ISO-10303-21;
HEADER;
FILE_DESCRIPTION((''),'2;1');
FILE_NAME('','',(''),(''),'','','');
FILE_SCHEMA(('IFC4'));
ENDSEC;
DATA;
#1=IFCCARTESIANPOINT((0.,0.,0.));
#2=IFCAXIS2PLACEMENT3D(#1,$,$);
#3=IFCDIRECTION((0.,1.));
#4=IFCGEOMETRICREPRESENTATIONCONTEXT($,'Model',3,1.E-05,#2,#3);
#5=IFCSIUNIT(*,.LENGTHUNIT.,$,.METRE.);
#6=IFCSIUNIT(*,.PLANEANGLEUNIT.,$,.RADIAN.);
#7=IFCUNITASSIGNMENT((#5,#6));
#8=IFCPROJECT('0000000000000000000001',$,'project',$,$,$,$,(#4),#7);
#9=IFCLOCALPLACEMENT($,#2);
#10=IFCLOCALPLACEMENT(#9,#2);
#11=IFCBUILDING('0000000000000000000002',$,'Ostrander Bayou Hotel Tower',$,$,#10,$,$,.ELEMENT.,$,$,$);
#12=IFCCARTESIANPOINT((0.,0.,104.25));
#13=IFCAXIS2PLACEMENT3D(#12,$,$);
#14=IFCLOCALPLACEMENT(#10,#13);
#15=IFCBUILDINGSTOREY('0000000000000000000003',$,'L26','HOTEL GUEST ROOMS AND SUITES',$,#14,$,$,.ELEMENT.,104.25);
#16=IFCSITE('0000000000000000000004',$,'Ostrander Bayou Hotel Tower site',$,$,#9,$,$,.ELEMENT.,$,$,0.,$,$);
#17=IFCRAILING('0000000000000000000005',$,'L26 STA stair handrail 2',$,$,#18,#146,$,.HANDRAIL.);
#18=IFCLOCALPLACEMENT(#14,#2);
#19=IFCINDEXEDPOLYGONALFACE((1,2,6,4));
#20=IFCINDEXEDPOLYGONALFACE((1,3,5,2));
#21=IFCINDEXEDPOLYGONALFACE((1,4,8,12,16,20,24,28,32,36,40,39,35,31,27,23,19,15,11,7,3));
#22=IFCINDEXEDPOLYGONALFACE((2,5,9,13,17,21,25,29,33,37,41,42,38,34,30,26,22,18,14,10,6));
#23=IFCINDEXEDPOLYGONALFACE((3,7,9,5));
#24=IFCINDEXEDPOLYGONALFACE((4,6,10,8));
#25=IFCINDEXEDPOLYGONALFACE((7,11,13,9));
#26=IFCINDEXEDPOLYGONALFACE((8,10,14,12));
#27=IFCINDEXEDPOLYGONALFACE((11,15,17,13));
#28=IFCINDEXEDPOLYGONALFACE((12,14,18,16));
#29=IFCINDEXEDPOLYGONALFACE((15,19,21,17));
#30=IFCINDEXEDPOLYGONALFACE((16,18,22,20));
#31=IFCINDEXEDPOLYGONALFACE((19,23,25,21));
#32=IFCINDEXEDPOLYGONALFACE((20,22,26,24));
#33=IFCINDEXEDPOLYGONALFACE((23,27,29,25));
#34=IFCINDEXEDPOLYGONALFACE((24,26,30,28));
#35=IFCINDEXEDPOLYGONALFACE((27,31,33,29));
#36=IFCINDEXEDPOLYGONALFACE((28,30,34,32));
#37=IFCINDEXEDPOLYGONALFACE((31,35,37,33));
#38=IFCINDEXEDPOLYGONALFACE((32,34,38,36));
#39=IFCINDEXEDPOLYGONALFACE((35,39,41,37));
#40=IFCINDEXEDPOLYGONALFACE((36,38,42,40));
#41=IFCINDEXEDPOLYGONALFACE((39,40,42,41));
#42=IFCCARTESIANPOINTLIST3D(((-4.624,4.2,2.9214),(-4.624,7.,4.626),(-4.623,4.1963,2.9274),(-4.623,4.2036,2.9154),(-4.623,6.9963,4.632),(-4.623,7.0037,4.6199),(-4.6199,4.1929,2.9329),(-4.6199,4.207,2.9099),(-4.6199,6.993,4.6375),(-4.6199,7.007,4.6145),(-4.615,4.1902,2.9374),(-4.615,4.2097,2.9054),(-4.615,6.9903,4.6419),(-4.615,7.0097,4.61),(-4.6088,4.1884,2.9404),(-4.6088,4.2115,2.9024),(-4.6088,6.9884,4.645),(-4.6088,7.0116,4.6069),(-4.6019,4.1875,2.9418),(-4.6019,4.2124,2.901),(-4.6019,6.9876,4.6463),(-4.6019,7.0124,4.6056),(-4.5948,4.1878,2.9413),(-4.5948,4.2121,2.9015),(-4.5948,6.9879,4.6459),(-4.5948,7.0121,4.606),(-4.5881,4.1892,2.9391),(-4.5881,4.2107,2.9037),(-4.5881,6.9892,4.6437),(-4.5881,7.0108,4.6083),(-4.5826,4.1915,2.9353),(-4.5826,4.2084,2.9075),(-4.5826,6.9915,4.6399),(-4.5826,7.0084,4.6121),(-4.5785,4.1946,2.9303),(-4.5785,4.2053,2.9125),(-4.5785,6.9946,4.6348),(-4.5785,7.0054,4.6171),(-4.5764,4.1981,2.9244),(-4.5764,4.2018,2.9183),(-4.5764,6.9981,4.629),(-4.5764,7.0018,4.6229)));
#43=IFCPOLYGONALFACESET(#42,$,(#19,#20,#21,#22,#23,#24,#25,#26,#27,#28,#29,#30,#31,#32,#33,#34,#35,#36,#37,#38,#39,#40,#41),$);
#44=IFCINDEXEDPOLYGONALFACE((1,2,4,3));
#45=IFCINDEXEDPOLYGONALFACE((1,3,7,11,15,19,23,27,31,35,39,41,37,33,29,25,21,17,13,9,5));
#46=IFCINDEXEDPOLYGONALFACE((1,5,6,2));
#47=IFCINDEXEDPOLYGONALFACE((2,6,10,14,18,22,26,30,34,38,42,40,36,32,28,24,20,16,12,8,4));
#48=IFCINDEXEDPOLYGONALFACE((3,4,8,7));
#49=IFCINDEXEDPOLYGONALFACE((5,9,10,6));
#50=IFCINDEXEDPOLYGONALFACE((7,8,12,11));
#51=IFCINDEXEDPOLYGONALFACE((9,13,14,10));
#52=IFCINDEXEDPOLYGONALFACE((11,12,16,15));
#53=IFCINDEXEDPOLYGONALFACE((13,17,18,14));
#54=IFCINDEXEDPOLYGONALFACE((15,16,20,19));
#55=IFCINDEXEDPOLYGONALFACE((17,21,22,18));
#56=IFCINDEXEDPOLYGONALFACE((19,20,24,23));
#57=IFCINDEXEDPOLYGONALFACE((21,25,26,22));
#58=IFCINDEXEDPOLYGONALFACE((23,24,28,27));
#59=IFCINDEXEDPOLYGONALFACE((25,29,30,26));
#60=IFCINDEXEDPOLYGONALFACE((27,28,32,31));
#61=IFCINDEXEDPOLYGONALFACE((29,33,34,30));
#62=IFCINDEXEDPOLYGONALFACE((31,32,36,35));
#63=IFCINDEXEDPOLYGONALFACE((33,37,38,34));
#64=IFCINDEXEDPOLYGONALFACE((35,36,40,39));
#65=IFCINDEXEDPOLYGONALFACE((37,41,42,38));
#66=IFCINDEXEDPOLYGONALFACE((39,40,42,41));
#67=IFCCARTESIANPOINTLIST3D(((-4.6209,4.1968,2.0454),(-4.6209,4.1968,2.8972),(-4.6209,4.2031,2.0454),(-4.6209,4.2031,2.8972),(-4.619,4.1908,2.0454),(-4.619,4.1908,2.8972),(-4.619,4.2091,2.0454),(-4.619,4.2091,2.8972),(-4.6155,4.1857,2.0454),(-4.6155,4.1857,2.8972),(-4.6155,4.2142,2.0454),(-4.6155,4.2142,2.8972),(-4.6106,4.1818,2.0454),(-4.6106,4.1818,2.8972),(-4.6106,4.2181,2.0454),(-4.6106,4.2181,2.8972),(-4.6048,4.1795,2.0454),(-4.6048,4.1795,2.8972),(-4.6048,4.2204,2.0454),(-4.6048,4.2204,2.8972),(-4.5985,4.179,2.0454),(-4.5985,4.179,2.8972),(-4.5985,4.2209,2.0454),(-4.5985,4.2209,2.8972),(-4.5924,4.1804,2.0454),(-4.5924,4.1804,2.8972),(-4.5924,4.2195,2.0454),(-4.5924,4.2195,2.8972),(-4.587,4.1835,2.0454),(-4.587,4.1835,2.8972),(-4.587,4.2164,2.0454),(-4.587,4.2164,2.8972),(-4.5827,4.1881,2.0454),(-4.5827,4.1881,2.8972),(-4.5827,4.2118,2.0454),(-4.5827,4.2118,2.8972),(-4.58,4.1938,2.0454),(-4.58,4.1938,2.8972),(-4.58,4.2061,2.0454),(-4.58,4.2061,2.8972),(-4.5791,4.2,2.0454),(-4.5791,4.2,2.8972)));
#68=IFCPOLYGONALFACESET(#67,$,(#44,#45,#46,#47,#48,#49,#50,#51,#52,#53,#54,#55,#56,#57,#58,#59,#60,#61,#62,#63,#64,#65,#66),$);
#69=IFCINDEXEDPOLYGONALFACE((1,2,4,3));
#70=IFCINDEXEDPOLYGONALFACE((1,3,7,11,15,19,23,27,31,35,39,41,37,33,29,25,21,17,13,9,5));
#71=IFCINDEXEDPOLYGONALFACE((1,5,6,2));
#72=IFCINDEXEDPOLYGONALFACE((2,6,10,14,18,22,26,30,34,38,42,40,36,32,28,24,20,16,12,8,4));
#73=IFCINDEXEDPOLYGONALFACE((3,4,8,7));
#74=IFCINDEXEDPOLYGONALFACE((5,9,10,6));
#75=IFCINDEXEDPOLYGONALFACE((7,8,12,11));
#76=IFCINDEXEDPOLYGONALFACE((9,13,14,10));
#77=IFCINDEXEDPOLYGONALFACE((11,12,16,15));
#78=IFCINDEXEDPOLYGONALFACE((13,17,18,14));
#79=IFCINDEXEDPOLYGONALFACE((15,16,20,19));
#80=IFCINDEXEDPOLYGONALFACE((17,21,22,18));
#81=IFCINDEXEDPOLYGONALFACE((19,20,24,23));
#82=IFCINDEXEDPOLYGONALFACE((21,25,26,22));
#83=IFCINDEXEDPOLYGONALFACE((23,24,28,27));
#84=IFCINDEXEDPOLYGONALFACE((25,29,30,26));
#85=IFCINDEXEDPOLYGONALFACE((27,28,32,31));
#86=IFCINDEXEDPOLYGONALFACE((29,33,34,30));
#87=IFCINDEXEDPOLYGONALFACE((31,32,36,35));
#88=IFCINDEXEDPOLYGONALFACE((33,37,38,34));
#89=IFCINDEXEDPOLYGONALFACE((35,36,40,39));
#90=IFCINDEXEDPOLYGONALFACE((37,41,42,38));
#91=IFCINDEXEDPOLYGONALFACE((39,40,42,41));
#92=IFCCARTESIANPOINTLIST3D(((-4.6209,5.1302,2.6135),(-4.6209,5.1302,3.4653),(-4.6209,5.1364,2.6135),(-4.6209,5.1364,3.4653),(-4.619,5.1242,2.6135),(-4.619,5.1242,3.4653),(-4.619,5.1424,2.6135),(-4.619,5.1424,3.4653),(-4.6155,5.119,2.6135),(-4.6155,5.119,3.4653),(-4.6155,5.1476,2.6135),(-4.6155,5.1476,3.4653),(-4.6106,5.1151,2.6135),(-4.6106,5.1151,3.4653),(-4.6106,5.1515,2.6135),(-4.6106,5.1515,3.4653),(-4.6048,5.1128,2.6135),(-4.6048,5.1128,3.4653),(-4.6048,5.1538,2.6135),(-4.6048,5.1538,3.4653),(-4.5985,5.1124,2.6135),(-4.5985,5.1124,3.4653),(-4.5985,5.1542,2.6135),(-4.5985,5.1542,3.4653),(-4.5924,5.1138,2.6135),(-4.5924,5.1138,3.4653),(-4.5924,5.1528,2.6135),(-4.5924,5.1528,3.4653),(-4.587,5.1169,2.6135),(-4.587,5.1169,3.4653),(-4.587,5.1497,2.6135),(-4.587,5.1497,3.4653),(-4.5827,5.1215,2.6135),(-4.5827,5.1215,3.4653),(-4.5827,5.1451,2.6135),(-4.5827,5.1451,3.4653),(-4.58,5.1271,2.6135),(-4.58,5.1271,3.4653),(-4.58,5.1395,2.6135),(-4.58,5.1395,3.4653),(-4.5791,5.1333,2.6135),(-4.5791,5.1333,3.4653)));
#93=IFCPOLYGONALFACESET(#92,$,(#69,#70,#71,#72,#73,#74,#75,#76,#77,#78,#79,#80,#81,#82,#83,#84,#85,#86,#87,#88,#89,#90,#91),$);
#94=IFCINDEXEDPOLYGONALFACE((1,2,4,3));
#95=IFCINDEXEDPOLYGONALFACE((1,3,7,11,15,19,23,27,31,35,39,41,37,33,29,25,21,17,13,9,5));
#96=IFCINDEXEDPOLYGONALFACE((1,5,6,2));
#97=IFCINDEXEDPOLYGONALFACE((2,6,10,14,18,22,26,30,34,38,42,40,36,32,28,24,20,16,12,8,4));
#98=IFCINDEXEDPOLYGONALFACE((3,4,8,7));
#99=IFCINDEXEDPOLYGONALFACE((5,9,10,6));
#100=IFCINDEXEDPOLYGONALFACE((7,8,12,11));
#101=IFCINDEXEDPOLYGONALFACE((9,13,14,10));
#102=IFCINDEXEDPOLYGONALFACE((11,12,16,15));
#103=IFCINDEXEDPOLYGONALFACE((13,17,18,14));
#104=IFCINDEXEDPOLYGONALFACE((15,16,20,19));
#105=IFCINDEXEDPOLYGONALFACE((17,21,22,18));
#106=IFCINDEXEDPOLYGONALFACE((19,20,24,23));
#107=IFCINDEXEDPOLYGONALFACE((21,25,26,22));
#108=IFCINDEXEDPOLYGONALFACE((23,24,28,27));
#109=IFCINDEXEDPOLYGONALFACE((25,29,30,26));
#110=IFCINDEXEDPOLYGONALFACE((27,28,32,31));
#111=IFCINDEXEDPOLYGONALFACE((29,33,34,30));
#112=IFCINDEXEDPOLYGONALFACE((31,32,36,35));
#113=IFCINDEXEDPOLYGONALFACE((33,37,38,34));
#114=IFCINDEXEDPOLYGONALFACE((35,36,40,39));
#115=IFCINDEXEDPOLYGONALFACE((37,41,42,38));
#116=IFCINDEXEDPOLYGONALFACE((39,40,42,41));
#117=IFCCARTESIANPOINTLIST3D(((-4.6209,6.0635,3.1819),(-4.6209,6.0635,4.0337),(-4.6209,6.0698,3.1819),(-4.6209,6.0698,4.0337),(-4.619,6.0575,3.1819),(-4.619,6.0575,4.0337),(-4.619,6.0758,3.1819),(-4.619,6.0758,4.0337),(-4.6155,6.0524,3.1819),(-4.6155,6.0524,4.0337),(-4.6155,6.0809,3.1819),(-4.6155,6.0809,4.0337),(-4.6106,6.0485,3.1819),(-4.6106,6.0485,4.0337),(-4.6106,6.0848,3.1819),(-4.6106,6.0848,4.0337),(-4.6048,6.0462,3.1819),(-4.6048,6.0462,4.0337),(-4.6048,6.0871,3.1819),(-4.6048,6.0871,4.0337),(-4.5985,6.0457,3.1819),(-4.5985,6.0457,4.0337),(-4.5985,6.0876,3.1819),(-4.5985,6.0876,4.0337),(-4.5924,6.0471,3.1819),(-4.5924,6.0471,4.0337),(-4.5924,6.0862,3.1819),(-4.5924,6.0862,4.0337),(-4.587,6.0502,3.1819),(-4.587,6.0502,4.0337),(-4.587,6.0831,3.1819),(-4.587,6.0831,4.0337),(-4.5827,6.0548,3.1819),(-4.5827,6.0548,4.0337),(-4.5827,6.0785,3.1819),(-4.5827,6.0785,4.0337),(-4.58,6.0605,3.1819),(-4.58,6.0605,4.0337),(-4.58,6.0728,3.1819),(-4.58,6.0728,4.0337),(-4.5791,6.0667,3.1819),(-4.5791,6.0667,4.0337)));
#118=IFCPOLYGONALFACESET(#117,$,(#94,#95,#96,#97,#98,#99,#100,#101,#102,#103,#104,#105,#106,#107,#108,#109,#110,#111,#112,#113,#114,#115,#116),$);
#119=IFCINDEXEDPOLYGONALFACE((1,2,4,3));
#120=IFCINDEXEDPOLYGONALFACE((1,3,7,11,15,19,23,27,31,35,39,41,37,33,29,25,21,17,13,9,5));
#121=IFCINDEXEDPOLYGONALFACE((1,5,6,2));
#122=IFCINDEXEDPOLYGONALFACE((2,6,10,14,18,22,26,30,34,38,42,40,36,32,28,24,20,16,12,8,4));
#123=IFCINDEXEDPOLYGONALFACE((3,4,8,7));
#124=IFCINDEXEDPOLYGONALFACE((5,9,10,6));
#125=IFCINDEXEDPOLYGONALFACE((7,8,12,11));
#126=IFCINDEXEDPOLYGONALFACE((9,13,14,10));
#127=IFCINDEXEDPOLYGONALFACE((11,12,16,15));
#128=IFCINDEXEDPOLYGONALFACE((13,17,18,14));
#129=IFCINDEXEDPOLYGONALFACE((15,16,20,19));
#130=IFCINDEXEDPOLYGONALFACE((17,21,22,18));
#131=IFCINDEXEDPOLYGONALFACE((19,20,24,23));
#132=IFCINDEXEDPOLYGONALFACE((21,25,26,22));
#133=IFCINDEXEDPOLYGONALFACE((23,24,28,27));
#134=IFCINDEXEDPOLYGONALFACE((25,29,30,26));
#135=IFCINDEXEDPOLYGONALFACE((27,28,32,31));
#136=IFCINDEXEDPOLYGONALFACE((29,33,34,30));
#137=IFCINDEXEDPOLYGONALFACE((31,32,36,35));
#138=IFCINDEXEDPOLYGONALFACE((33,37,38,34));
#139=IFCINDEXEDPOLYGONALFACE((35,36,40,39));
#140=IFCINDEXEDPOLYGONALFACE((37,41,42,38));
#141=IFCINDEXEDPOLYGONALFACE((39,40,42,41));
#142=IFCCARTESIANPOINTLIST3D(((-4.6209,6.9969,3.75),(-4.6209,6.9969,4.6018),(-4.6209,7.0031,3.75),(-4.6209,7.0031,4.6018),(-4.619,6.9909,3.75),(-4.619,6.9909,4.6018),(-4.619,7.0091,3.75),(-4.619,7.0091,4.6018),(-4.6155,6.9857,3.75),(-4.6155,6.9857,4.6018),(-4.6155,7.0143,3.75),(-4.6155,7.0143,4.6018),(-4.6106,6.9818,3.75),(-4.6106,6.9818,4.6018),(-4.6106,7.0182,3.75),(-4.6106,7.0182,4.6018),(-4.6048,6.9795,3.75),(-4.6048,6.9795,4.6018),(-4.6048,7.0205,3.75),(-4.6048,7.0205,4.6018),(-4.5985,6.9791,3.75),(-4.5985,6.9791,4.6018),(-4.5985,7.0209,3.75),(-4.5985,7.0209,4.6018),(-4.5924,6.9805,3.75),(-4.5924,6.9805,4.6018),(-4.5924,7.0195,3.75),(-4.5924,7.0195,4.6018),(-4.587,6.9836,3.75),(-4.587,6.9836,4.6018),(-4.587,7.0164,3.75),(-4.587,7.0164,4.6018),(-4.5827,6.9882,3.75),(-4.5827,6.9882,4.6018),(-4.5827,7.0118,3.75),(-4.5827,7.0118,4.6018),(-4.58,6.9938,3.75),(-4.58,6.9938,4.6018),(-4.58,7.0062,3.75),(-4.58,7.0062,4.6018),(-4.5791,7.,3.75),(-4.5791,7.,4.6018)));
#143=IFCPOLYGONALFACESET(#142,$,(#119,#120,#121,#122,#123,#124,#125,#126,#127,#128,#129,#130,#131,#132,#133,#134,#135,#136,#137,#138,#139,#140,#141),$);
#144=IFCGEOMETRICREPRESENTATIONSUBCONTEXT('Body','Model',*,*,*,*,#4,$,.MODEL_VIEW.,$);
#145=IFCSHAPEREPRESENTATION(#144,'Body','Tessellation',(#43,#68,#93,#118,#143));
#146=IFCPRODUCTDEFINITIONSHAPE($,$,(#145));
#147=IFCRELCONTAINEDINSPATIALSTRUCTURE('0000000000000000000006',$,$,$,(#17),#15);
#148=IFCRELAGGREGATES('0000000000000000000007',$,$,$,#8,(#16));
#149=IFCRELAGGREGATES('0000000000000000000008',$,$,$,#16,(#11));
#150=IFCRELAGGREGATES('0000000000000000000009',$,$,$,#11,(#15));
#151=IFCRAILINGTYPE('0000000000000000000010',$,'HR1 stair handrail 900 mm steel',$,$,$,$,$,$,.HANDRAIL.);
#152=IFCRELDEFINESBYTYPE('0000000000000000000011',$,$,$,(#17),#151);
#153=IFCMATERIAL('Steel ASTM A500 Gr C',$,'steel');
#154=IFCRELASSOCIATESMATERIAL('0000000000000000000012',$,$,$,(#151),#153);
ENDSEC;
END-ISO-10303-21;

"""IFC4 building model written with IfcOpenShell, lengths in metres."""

from ifc_helpers import new_model, si_unit, direction, frame, origin, origin_2d, place, context, subcontext, project, spatial, circle, extrude, material, type_object, element, save


model = new_model("IFC4")

# Units and contexts
model_context = context("Model", 3, precision=1e-05, world=origin(), true_north=direction((0.0, 1.0)))
body_context = subcontext(model_context, "Body", "Model", "MODEL_VIEW")
ifc_project = project(units=[si_unit("LENGTHUNIT", "METRE"), si_unit("PLANEANGLEUNIT", "RADIAN")], contexts=[model_context])

# Site, building, storey
site_placement = place(None, origin())
site = spatial("IfcSite", under=ifc_project, at=site_placement, Name="Ostrander Bayou Hotel Tower site", CompositionType="ELEMENT", RefElevation=0.0)
building_placement = place(site_placement, origin())
building = spatial("IfcBuilding", under=site, at=building_placement, Name="Ostrander Bayou Hotel Tower", CompositionType="ELEMENT")
storey_placement = place(building_placement, frame((0.0, 0.0, 104.25)))
storey = spatial("IfcBuildingStorey", under=building, at=storey_placement, Name="L26", Description="HOTEL GUEST ROOMS AND SUITES", CompositionType="ELEMENT", Elevation=104.25)

# Railing
ifc_material_1 = material(Name="Steel ASTM A500 Gr C", Category="steel")
railing_type_1 = type_object("IfcRailingType", Name="HR1 stair handrail 900 mm steel", PredefinedType="HANDRAIL", material=ifc_material_1)
railing_1_placement = place(storey_placement, frame((-4.6001, 4.2, 2.0454)))
element("IfcRailing", 1, at=railing_1_placement, inside=storey, type_object=railing_type_1, Name="L26 STA stair handrail 2", PredefinedType="HANDRAIL", context=body_context, shape_type="SweptSolid", body=[
    extrude(circle(Radius=0.0239, at=origin_2d()), frame((0.0, 0.0, 0.876), z_axis=(0.0, 0.85417, 0.519994), x_axis=(-1.0, 0.0, 0.0)), (0.0, 0.0, 1.0), 3.2781),
    extrude(circle(Radius=0.021, at=origin_2d()), origin(), (0.0, 0.0, 1.0), 0.8518),
    extrude(circle(Radius=0.021, at=origin_2d()), frame((0.0, 0.9333, 0.5681)), (0.0, 0.0, 1.0), 0.8518),
    extrude(circle(Radius=0.021, at=origin_2d()), frame((0.0, 1.8667, 1.1365)), (0.0, 0.0, 1.0), 0.8518),
    extrude(circle(Radius=0.021, at=origin_2d()), frame((0.0, 2.8, 1.7046)), (0.0, 0.0, 1.0), 0.8518),
])

save(model, "model.ifc")
